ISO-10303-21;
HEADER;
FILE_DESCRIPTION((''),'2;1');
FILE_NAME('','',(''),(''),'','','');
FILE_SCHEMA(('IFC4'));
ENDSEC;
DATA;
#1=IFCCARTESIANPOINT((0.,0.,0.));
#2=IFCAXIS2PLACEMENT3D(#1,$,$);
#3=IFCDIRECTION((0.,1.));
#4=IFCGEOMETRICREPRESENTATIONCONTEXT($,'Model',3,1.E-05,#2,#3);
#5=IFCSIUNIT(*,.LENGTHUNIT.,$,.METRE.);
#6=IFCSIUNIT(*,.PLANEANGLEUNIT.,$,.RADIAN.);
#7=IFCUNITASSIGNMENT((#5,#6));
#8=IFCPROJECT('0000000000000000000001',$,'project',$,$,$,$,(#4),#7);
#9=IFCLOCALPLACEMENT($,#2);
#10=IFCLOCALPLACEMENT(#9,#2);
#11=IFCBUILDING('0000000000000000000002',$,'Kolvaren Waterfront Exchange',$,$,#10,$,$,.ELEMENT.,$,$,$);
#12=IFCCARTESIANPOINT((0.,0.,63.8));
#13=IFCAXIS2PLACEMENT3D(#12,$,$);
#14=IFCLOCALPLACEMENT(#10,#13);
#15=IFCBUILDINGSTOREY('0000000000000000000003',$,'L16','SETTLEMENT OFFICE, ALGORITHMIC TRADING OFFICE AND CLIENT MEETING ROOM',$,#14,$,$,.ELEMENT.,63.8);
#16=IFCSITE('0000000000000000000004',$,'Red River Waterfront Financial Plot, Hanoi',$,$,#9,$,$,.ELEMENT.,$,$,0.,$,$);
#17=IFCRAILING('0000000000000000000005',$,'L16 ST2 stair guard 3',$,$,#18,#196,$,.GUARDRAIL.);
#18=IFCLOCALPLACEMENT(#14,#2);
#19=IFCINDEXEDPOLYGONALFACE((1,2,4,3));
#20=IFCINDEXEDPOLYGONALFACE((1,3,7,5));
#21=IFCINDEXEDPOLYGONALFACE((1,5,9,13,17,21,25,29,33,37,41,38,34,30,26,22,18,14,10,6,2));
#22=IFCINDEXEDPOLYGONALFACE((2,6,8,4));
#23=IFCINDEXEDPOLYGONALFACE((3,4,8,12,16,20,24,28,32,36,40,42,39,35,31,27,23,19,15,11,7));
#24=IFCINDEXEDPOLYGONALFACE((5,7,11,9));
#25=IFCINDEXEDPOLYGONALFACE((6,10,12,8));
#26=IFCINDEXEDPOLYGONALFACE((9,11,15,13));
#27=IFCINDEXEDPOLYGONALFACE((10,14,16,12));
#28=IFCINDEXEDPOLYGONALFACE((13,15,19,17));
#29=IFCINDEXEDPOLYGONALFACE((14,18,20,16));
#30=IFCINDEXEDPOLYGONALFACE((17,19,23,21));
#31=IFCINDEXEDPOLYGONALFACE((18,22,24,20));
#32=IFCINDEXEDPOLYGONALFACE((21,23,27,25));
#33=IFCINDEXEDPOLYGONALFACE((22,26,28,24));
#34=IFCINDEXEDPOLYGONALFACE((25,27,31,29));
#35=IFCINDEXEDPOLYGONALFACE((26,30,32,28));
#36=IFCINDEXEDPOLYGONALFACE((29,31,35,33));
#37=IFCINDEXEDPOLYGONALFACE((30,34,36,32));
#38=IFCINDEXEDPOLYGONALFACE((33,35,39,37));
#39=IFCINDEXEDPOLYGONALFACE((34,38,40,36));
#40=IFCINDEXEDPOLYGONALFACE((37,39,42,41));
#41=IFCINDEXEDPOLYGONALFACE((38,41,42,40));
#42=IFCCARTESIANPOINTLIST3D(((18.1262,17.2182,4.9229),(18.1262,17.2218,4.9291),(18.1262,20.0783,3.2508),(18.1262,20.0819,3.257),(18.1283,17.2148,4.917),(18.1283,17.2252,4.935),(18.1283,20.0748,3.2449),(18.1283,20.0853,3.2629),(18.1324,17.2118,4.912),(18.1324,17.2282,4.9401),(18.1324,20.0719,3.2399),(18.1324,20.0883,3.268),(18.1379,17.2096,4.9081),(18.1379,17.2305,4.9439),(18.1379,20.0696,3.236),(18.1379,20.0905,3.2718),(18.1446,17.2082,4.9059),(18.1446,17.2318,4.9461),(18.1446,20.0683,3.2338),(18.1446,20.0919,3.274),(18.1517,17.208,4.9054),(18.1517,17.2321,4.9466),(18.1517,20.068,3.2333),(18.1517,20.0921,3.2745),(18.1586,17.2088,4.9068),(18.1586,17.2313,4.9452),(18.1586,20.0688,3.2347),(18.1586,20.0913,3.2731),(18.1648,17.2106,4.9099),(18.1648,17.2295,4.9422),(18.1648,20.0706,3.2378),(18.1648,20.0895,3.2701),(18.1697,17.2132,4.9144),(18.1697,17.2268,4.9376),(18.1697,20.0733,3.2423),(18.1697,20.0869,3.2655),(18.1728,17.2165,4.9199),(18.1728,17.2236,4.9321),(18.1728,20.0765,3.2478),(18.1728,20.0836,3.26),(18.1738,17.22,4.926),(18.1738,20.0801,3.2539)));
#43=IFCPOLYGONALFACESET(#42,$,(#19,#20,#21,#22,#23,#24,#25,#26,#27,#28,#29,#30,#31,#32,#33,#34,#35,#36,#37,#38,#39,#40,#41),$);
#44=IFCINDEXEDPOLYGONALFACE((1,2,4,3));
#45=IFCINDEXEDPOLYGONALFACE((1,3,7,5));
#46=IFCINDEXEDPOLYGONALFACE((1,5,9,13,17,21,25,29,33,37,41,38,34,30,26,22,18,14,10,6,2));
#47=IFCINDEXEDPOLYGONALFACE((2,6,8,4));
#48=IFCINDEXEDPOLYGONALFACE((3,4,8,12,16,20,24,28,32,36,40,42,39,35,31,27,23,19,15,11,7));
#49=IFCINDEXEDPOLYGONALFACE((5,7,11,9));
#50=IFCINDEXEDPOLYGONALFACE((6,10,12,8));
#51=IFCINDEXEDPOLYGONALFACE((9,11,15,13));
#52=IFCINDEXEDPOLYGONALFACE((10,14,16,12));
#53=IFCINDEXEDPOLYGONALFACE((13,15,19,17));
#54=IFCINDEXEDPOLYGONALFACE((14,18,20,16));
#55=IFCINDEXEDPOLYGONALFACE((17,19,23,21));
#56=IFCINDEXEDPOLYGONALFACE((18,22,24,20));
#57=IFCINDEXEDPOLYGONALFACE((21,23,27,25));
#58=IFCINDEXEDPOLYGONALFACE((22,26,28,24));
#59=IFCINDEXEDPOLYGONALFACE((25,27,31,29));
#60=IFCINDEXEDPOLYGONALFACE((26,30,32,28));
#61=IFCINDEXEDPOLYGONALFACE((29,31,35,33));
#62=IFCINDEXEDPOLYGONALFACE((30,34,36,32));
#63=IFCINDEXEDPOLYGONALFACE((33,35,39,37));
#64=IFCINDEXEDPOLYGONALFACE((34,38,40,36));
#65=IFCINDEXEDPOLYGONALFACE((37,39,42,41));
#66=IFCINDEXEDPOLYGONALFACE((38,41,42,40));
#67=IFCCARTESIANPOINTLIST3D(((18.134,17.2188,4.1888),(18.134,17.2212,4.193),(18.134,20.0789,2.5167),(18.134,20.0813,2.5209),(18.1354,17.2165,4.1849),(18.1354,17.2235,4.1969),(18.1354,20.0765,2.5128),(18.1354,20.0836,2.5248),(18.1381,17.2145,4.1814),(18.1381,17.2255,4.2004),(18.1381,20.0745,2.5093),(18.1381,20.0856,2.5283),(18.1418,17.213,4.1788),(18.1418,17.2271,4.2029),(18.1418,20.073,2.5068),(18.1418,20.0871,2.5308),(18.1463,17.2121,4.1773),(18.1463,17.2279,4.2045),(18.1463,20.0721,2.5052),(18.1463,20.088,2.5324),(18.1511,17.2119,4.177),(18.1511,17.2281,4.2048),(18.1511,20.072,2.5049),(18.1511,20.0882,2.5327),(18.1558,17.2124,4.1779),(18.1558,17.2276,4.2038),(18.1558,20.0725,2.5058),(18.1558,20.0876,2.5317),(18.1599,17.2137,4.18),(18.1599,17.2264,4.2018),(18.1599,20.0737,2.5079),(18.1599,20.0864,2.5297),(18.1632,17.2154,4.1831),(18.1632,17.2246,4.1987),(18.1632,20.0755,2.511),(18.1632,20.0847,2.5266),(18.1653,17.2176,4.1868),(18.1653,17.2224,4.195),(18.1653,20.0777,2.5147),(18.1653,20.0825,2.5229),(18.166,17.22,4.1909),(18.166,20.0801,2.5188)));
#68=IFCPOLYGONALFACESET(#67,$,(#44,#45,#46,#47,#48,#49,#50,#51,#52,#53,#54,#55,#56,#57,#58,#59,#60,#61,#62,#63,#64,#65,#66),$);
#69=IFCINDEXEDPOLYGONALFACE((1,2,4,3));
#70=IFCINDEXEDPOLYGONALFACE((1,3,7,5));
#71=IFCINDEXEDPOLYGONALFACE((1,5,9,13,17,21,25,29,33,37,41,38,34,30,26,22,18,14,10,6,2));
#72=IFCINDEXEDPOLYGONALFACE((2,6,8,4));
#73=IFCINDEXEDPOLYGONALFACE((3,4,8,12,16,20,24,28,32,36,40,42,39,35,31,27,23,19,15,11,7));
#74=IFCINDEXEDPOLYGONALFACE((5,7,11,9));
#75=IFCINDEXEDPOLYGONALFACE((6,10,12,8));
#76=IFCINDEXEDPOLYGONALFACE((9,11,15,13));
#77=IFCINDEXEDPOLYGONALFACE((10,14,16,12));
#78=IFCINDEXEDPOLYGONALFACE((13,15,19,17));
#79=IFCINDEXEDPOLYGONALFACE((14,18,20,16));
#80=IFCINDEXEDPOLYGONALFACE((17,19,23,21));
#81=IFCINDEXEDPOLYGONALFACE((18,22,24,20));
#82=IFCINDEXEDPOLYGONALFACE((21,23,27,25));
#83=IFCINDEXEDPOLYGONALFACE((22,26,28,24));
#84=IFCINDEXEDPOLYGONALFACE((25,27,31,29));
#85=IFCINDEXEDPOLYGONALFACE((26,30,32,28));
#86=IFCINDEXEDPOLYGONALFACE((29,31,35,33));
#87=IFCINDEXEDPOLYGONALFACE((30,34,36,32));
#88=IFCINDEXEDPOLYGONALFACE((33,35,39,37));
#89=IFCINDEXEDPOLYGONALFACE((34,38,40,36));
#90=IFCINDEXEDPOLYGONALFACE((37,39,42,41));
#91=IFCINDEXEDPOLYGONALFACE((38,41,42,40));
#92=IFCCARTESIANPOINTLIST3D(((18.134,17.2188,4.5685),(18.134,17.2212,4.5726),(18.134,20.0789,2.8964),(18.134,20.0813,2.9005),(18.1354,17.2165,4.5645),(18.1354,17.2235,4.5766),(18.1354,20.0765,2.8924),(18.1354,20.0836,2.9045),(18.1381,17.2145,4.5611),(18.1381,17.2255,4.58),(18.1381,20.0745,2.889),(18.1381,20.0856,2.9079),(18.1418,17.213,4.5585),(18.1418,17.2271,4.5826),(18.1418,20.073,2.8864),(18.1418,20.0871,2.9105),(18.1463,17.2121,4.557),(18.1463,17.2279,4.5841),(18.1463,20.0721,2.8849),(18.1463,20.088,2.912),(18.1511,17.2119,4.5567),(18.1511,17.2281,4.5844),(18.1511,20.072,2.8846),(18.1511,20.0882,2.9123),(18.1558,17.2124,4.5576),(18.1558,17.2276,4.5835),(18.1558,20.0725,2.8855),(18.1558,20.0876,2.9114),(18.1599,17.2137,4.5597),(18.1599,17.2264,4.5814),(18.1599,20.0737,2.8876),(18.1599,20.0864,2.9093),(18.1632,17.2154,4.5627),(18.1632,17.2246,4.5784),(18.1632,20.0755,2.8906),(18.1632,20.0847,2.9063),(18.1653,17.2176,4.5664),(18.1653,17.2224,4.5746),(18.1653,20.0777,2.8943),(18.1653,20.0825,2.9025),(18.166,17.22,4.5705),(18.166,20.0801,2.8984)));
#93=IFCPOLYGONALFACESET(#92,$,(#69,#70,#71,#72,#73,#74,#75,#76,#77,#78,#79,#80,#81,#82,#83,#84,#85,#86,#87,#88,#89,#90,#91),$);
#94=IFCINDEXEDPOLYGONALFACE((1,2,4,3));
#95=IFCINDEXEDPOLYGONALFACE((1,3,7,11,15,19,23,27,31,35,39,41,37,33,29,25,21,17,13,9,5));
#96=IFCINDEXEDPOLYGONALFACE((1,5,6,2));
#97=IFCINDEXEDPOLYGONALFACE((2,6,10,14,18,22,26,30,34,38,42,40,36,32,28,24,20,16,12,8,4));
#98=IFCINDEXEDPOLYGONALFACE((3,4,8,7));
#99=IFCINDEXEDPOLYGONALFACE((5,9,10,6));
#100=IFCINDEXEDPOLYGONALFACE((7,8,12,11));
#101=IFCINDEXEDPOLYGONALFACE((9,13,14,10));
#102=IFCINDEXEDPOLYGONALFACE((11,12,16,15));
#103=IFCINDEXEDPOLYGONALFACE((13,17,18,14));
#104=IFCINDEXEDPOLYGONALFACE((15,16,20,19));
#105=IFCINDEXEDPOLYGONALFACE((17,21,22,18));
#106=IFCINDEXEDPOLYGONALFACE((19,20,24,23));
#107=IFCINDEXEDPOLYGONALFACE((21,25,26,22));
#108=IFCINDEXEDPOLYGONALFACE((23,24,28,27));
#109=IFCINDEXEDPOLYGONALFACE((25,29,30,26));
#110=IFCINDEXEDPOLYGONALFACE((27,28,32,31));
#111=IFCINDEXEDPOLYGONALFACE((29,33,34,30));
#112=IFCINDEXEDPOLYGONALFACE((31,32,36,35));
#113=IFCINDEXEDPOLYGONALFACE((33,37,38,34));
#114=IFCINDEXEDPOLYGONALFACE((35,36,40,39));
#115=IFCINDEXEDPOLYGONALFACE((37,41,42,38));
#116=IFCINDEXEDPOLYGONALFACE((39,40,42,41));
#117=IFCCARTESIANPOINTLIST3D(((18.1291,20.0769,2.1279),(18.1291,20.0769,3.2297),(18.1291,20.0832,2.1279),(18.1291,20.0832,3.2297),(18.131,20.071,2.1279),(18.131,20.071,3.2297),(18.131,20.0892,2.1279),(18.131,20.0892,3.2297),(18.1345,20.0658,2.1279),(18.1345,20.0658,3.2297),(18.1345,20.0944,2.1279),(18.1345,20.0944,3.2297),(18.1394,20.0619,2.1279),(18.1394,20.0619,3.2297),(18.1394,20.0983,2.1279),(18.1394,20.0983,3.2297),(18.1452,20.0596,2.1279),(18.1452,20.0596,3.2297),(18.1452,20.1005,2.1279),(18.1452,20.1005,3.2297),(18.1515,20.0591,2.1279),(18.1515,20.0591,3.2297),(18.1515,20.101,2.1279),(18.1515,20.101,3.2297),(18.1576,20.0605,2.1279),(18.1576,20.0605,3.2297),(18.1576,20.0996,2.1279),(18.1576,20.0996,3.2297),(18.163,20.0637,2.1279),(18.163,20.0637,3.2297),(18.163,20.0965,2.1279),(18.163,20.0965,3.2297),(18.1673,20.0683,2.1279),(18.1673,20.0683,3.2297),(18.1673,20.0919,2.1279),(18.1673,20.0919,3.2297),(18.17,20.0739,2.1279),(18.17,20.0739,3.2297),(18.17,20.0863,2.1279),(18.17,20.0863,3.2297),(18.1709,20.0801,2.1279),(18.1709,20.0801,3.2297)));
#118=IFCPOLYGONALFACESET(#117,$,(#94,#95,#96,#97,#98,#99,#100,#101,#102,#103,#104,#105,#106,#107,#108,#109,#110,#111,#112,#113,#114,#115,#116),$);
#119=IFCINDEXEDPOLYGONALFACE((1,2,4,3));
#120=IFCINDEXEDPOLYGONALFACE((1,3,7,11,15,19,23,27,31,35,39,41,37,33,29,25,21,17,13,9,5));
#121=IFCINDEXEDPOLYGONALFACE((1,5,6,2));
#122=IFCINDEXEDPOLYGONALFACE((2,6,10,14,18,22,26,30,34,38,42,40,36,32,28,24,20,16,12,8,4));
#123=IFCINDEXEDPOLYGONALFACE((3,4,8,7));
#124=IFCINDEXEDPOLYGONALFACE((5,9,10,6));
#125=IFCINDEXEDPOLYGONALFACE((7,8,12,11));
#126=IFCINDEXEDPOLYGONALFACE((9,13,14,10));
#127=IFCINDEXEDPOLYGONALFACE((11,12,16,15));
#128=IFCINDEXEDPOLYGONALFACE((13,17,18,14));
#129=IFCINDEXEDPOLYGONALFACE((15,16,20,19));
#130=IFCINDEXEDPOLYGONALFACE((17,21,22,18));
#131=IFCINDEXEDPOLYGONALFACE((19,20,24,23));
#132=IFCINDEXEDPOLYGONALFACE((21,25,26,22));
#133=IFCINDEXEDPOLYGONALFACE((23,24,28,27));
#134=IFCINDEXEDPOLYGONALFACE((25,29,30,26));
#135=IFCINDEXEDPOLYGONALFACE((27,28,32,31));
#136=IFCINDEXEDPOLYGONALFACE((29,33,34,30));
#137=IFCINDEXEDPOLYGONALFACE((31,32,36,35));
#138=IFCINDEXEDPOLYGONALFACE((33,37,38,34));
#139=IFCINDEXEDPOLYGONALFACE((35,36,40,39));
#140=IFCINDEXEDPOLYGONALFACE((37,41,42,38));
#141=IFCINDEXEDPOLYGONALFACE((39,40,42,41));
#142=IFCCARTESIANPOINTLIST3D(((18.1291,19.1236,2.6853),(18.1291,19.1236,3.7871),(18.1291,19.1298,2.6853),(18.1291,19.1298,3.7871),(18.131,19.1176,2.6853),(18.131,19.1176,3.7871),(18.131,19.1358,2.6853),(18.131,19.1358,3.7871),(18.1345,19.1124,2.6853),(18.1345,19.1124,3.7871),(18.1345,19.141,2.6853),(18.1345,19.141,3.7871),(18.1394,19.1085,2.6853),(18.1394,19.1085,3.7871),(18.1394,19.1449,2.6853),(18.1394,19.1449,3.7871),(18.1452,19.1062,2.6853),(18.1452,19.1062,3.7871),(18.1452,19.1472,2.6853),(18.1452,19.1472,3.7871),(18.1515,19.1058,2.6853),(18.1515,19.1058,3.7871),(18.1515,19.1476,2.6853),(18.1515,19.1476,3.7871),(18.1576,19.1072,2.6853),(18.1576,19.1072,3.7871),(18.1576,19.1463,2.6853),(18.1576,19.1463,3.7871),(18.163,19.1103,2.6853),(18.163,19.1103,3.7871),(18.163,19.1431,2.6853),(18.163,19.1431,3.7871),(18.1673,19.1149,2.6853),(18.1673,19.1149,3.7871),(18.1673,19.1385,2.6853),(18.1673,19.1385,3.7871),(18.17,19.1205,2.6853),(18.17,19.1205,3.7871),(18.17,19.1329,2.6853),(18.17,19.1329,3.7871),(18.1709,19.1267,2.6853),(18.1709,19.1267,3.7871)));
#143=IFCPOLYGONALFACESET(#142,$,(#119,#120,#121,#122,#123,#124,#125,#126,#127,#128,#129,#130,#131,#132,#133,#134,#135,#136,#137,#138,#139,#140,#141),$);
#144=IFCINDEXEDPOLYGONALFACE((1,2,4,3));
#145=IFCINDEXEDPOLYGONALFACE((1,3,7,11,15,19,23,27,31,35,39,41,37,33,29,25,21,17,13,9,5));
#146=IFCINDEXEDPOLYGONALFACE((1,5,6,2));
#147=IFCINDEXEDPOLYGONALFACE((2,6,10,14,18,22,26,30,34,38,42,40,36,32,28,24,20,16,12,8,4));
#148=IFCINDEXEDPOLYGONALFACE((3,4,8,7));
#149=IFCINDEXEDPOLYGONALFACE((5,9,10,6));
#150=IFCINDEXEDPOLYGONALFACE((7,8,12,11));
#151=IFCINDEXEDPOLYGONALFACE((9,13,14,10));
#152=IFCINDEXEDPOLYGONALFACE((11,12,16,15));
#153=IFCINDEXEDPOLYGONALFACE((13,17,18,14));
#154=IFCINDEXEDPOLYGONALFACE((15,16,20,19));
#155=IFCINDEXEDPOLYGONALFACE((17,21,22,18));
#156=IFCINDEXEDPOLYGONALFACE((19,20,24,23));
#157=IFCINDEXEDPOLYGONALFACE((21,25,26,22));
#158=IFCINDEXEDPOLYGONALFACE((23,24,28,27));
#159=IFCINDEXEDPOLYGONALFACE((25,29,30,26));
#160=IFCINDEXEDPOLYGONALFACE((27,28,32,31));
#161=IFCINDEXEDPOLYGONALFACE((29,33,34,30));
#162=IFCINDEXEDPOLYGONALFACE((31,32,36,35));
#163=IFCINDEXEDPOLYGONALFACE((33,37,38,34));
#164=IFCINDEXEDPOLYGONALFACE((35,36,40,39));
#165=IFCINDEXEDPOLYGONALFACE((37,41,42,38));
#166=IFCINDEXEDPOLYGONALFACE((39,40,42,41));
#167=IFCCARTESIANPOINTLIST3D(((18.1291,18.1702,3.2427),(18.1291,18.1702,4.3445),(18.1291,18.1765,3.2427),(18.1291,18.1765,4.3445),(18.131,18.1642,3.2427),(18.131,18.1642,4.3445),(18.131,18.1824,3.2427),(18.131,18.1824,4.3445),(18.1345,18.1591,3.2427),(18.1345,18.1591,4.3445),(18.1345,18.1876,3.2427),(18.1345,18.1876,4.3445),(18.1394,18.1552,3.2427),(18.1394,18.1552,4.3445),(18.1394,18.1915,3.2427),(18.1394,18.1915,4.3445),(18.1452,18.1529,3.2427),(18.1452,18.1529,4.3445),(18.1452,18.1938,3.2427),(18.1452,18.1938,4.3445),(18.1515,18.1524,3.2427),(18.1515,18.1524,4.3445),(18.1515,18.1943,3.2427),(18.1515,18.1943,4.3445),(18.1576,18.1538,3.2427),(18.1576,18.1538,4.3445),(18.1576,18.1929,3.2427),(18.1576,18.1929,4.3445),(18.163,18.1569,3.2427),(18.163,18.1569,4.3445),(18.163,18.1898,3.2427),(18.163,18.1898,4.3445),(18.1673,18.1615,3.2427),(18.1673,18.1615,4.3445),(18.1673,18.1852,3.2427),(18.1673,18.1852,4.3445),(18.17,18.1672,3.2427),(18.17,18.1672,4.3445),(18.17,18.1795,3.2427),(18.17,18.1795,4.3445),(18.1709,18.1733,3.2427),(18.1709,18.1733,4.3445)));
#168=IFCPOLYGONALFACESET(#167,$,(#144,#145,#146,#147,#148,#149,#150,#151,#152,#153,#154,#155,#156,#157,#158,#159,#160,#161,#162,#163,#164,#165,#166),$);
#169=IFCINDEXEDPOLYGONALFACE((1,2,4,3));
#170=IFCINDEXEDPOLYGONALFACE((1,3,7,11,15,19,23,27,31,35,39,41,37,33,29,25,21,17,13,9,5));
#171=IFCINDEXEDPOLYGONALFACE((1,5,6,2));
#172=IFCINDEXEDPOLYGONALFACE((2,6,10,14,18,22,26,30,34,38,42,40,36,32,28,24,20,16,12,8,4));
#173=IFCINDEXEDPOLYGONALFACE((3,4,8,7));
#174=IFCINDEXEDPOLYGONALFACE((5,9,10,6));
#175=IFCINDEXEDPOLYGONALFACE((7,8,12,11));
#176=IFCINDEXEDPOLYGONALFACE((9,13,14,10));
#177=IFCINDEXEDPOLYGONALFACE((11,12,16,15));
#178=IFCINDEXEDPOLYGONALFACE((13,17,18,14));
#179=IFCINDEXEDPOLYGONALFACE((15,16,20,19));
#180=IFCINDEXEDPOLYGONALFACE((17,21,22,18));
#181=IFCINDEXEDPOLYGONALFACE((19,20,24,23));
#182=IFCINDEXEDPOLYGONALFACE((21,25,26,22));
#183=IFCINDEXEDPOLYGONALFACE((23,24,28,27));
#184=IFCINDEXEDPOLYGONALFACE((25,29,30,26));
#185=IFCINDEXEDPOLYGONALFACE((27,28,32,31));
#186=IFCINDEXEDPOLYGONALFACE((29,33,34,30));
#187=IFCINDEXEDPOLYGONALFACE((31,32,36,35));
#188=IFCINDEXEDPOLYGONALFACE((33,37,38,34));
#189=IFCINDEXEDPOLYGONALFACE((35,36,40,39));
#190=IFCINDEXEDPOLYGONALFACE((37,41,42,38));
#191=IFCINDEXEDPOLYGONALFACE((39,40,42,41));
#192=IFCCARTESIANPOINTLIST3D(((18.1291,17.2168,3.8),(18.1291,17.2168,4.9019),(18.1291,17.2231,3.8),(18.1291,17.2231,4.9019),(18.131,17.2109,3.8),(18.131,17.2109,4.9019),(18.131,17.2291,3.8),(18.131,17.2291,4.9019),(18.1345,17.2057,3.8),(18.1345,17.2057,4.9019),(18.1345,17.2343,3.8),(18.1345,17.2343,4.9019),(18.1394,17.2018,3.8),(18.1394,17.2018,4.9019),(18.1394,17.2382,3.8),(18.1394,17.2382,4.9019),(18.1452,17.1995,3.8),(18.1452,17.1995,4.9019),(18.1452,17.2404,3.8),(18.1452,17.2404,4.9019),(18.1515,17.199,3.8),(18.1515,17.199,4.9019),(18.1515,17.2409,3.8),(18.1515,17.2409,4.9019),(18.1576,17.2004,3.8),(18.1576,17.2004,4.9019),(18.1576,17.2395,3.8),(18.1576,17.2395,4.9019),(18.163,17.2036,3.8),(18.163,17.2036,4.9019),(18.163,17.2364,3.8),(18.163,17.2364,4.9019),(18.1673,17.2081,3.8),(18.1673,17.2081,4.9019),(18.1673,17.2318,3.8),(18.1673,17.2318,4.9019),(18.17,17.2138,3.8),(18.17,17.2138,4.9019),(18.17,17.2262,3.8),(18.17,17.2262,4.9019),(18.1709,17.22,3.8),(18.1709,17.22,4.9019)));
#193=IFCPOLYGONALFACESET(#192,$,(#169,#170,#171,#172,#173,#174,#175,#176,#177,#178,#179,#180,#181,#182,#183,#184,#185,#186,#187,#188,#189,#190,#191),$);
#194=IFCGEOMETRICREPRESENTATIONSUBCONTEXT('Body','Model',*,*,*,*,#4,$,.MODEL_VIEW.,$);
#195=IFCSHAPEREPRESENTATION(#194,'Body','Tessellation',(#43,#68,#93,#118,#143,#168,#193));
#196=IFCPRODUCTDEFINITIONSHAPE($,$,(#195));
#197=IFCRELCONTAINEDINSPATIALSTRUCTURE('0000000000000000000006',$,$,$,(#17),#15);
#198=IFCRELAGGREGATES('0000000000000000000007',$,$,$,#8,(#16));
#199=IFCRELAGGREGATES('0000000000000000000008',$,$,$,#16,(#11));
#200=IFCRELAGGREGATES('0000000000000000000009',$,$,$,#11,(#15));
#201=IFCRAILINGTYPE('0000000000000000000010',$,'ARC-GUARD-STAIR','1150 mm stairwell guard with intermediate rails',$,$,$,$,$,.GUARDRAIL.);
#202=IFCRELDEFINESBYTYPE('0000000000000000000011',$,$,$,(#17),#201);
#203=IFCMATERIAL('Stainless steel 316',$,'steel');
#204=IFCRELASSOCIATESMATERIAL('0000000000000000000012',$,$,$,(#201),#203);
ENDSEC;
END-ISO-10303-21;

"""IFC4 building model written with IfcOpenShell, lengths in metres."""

from ifc_helpers import new_model, si_unit, direction, frame, origin, origin_2d, place, context, subcontext, project, spatial, circle, extrude, material, type_object, element, save


model = new_model("IFC4")

# Units and contexts
model_context = context("Model", 3, precision=1e-05, world=origin(), true_north=direction((0.0, 1.0)))
body_context = subcontext(model_context, "Body", "Model", "MODEL_VIEW")
ifc_project = project(units=[si_unit("LENGTHUNIT", "METRE"), si_unit("PLANEANGLEUNIT", "RADIAN")], contexts=[model_context])

# Site, building, storey
site_placement = place(None, origin())
site = spatial("IfcSite", under=ifc_project, at=site_placement, Name="Red River Waterfront Financial Plot, Hanoi", CompositionType="ELEMENT", RefElevation=0.0)
building_placement = place(site_placement, origin())
building = spatial("IfcBuilding", under=site, at=building_placement, Name="Kolvaren Waterfront Exchange", CompositionType="ELEMENT")
storey_placement = place(building_placement, frame((0.0, 0.0, 63.8)))
storey = spatial("IfcBuildingStorey", under=building, at=storey_placement, Name="L16", Description="SETTLEMENT OFFICE, ALGORITHMIC TRADING OFFICE AND CLIENT MEETING ROOM", CompositionType="ELEMENT", Elevation=63.8)

# Railing
ifc_material_1 = material(Name="Stainless steel 316", Category="steel")
railing_type_1 = type_object("IfcRailingType", Name="ARC-GUARD-STAIR", Description="1150 mm stairwell guard with intermediate rails", PredefinedType="GUARDRAIL", material=ifc_material_1)
railing_1_placement = place(storey_placement, frame((18.1499, 20.0801, 2.1279)))
element("IfcRailing", 1, at=railing_1_placement, inside=storey, type_object=railing_type_1, Name="L16 ST2 stair guard 3", PredefinedType="GUARDRAIL", context=body_context, shape_type="SweptSolid", body=[
    extrude(circle(Radius=0.0239, at=origin_2d()), frame((0.0, 0.0, 1.126), z_axis=(0.0, -0.863289, 0.504709), x_axis=(1.0, 0.0, 0.0)), (0.0, 0.0, 1.0), 3.313),
    extrude(circle(Radius=0.0161, at=origin_2d()), frame((0.0, 0.0, 0.3909), z_axis=(0.0, -0.863289, 0.504709), x_axis=(1.0, 0.0, 0.0)), (0.0, 0.0, 1.0), 3.313),
    extrude(circle(Radius=0.0161, at=origin_2d()), frame((0.0, 0.0, 0.7705), z_axis=(0.0, -0.863289, 0.504709), x_axis=(1.0, 0.0, 0.0)), (0.0, 0.0, 1.0), 3.313),
    extrude(circle(Radius=0.021, at=origin_2d()), origin(), (0.0, 0.0, 1.0), 1.1018),
    extrude(circle(Radius=0.021, at=origin_2d()), frame((0.0, -0.9534, 0.5574)), (0.0, 0.0, 1.0), 1.1018),
    extrude(circle(Radius=0.021, at=origin_2d()), frame((0.0, -1.9067, 1.1147)), (0.0, 0.0, 1.0), 1.1018),
    extrude(circle(Radius=0.021, at=origin_2d()), frame((0.0, -2.8601, 1.6721)), (0.0, 0.0, 1.0), 1.1018),
])

save(model, "model.ifc")
